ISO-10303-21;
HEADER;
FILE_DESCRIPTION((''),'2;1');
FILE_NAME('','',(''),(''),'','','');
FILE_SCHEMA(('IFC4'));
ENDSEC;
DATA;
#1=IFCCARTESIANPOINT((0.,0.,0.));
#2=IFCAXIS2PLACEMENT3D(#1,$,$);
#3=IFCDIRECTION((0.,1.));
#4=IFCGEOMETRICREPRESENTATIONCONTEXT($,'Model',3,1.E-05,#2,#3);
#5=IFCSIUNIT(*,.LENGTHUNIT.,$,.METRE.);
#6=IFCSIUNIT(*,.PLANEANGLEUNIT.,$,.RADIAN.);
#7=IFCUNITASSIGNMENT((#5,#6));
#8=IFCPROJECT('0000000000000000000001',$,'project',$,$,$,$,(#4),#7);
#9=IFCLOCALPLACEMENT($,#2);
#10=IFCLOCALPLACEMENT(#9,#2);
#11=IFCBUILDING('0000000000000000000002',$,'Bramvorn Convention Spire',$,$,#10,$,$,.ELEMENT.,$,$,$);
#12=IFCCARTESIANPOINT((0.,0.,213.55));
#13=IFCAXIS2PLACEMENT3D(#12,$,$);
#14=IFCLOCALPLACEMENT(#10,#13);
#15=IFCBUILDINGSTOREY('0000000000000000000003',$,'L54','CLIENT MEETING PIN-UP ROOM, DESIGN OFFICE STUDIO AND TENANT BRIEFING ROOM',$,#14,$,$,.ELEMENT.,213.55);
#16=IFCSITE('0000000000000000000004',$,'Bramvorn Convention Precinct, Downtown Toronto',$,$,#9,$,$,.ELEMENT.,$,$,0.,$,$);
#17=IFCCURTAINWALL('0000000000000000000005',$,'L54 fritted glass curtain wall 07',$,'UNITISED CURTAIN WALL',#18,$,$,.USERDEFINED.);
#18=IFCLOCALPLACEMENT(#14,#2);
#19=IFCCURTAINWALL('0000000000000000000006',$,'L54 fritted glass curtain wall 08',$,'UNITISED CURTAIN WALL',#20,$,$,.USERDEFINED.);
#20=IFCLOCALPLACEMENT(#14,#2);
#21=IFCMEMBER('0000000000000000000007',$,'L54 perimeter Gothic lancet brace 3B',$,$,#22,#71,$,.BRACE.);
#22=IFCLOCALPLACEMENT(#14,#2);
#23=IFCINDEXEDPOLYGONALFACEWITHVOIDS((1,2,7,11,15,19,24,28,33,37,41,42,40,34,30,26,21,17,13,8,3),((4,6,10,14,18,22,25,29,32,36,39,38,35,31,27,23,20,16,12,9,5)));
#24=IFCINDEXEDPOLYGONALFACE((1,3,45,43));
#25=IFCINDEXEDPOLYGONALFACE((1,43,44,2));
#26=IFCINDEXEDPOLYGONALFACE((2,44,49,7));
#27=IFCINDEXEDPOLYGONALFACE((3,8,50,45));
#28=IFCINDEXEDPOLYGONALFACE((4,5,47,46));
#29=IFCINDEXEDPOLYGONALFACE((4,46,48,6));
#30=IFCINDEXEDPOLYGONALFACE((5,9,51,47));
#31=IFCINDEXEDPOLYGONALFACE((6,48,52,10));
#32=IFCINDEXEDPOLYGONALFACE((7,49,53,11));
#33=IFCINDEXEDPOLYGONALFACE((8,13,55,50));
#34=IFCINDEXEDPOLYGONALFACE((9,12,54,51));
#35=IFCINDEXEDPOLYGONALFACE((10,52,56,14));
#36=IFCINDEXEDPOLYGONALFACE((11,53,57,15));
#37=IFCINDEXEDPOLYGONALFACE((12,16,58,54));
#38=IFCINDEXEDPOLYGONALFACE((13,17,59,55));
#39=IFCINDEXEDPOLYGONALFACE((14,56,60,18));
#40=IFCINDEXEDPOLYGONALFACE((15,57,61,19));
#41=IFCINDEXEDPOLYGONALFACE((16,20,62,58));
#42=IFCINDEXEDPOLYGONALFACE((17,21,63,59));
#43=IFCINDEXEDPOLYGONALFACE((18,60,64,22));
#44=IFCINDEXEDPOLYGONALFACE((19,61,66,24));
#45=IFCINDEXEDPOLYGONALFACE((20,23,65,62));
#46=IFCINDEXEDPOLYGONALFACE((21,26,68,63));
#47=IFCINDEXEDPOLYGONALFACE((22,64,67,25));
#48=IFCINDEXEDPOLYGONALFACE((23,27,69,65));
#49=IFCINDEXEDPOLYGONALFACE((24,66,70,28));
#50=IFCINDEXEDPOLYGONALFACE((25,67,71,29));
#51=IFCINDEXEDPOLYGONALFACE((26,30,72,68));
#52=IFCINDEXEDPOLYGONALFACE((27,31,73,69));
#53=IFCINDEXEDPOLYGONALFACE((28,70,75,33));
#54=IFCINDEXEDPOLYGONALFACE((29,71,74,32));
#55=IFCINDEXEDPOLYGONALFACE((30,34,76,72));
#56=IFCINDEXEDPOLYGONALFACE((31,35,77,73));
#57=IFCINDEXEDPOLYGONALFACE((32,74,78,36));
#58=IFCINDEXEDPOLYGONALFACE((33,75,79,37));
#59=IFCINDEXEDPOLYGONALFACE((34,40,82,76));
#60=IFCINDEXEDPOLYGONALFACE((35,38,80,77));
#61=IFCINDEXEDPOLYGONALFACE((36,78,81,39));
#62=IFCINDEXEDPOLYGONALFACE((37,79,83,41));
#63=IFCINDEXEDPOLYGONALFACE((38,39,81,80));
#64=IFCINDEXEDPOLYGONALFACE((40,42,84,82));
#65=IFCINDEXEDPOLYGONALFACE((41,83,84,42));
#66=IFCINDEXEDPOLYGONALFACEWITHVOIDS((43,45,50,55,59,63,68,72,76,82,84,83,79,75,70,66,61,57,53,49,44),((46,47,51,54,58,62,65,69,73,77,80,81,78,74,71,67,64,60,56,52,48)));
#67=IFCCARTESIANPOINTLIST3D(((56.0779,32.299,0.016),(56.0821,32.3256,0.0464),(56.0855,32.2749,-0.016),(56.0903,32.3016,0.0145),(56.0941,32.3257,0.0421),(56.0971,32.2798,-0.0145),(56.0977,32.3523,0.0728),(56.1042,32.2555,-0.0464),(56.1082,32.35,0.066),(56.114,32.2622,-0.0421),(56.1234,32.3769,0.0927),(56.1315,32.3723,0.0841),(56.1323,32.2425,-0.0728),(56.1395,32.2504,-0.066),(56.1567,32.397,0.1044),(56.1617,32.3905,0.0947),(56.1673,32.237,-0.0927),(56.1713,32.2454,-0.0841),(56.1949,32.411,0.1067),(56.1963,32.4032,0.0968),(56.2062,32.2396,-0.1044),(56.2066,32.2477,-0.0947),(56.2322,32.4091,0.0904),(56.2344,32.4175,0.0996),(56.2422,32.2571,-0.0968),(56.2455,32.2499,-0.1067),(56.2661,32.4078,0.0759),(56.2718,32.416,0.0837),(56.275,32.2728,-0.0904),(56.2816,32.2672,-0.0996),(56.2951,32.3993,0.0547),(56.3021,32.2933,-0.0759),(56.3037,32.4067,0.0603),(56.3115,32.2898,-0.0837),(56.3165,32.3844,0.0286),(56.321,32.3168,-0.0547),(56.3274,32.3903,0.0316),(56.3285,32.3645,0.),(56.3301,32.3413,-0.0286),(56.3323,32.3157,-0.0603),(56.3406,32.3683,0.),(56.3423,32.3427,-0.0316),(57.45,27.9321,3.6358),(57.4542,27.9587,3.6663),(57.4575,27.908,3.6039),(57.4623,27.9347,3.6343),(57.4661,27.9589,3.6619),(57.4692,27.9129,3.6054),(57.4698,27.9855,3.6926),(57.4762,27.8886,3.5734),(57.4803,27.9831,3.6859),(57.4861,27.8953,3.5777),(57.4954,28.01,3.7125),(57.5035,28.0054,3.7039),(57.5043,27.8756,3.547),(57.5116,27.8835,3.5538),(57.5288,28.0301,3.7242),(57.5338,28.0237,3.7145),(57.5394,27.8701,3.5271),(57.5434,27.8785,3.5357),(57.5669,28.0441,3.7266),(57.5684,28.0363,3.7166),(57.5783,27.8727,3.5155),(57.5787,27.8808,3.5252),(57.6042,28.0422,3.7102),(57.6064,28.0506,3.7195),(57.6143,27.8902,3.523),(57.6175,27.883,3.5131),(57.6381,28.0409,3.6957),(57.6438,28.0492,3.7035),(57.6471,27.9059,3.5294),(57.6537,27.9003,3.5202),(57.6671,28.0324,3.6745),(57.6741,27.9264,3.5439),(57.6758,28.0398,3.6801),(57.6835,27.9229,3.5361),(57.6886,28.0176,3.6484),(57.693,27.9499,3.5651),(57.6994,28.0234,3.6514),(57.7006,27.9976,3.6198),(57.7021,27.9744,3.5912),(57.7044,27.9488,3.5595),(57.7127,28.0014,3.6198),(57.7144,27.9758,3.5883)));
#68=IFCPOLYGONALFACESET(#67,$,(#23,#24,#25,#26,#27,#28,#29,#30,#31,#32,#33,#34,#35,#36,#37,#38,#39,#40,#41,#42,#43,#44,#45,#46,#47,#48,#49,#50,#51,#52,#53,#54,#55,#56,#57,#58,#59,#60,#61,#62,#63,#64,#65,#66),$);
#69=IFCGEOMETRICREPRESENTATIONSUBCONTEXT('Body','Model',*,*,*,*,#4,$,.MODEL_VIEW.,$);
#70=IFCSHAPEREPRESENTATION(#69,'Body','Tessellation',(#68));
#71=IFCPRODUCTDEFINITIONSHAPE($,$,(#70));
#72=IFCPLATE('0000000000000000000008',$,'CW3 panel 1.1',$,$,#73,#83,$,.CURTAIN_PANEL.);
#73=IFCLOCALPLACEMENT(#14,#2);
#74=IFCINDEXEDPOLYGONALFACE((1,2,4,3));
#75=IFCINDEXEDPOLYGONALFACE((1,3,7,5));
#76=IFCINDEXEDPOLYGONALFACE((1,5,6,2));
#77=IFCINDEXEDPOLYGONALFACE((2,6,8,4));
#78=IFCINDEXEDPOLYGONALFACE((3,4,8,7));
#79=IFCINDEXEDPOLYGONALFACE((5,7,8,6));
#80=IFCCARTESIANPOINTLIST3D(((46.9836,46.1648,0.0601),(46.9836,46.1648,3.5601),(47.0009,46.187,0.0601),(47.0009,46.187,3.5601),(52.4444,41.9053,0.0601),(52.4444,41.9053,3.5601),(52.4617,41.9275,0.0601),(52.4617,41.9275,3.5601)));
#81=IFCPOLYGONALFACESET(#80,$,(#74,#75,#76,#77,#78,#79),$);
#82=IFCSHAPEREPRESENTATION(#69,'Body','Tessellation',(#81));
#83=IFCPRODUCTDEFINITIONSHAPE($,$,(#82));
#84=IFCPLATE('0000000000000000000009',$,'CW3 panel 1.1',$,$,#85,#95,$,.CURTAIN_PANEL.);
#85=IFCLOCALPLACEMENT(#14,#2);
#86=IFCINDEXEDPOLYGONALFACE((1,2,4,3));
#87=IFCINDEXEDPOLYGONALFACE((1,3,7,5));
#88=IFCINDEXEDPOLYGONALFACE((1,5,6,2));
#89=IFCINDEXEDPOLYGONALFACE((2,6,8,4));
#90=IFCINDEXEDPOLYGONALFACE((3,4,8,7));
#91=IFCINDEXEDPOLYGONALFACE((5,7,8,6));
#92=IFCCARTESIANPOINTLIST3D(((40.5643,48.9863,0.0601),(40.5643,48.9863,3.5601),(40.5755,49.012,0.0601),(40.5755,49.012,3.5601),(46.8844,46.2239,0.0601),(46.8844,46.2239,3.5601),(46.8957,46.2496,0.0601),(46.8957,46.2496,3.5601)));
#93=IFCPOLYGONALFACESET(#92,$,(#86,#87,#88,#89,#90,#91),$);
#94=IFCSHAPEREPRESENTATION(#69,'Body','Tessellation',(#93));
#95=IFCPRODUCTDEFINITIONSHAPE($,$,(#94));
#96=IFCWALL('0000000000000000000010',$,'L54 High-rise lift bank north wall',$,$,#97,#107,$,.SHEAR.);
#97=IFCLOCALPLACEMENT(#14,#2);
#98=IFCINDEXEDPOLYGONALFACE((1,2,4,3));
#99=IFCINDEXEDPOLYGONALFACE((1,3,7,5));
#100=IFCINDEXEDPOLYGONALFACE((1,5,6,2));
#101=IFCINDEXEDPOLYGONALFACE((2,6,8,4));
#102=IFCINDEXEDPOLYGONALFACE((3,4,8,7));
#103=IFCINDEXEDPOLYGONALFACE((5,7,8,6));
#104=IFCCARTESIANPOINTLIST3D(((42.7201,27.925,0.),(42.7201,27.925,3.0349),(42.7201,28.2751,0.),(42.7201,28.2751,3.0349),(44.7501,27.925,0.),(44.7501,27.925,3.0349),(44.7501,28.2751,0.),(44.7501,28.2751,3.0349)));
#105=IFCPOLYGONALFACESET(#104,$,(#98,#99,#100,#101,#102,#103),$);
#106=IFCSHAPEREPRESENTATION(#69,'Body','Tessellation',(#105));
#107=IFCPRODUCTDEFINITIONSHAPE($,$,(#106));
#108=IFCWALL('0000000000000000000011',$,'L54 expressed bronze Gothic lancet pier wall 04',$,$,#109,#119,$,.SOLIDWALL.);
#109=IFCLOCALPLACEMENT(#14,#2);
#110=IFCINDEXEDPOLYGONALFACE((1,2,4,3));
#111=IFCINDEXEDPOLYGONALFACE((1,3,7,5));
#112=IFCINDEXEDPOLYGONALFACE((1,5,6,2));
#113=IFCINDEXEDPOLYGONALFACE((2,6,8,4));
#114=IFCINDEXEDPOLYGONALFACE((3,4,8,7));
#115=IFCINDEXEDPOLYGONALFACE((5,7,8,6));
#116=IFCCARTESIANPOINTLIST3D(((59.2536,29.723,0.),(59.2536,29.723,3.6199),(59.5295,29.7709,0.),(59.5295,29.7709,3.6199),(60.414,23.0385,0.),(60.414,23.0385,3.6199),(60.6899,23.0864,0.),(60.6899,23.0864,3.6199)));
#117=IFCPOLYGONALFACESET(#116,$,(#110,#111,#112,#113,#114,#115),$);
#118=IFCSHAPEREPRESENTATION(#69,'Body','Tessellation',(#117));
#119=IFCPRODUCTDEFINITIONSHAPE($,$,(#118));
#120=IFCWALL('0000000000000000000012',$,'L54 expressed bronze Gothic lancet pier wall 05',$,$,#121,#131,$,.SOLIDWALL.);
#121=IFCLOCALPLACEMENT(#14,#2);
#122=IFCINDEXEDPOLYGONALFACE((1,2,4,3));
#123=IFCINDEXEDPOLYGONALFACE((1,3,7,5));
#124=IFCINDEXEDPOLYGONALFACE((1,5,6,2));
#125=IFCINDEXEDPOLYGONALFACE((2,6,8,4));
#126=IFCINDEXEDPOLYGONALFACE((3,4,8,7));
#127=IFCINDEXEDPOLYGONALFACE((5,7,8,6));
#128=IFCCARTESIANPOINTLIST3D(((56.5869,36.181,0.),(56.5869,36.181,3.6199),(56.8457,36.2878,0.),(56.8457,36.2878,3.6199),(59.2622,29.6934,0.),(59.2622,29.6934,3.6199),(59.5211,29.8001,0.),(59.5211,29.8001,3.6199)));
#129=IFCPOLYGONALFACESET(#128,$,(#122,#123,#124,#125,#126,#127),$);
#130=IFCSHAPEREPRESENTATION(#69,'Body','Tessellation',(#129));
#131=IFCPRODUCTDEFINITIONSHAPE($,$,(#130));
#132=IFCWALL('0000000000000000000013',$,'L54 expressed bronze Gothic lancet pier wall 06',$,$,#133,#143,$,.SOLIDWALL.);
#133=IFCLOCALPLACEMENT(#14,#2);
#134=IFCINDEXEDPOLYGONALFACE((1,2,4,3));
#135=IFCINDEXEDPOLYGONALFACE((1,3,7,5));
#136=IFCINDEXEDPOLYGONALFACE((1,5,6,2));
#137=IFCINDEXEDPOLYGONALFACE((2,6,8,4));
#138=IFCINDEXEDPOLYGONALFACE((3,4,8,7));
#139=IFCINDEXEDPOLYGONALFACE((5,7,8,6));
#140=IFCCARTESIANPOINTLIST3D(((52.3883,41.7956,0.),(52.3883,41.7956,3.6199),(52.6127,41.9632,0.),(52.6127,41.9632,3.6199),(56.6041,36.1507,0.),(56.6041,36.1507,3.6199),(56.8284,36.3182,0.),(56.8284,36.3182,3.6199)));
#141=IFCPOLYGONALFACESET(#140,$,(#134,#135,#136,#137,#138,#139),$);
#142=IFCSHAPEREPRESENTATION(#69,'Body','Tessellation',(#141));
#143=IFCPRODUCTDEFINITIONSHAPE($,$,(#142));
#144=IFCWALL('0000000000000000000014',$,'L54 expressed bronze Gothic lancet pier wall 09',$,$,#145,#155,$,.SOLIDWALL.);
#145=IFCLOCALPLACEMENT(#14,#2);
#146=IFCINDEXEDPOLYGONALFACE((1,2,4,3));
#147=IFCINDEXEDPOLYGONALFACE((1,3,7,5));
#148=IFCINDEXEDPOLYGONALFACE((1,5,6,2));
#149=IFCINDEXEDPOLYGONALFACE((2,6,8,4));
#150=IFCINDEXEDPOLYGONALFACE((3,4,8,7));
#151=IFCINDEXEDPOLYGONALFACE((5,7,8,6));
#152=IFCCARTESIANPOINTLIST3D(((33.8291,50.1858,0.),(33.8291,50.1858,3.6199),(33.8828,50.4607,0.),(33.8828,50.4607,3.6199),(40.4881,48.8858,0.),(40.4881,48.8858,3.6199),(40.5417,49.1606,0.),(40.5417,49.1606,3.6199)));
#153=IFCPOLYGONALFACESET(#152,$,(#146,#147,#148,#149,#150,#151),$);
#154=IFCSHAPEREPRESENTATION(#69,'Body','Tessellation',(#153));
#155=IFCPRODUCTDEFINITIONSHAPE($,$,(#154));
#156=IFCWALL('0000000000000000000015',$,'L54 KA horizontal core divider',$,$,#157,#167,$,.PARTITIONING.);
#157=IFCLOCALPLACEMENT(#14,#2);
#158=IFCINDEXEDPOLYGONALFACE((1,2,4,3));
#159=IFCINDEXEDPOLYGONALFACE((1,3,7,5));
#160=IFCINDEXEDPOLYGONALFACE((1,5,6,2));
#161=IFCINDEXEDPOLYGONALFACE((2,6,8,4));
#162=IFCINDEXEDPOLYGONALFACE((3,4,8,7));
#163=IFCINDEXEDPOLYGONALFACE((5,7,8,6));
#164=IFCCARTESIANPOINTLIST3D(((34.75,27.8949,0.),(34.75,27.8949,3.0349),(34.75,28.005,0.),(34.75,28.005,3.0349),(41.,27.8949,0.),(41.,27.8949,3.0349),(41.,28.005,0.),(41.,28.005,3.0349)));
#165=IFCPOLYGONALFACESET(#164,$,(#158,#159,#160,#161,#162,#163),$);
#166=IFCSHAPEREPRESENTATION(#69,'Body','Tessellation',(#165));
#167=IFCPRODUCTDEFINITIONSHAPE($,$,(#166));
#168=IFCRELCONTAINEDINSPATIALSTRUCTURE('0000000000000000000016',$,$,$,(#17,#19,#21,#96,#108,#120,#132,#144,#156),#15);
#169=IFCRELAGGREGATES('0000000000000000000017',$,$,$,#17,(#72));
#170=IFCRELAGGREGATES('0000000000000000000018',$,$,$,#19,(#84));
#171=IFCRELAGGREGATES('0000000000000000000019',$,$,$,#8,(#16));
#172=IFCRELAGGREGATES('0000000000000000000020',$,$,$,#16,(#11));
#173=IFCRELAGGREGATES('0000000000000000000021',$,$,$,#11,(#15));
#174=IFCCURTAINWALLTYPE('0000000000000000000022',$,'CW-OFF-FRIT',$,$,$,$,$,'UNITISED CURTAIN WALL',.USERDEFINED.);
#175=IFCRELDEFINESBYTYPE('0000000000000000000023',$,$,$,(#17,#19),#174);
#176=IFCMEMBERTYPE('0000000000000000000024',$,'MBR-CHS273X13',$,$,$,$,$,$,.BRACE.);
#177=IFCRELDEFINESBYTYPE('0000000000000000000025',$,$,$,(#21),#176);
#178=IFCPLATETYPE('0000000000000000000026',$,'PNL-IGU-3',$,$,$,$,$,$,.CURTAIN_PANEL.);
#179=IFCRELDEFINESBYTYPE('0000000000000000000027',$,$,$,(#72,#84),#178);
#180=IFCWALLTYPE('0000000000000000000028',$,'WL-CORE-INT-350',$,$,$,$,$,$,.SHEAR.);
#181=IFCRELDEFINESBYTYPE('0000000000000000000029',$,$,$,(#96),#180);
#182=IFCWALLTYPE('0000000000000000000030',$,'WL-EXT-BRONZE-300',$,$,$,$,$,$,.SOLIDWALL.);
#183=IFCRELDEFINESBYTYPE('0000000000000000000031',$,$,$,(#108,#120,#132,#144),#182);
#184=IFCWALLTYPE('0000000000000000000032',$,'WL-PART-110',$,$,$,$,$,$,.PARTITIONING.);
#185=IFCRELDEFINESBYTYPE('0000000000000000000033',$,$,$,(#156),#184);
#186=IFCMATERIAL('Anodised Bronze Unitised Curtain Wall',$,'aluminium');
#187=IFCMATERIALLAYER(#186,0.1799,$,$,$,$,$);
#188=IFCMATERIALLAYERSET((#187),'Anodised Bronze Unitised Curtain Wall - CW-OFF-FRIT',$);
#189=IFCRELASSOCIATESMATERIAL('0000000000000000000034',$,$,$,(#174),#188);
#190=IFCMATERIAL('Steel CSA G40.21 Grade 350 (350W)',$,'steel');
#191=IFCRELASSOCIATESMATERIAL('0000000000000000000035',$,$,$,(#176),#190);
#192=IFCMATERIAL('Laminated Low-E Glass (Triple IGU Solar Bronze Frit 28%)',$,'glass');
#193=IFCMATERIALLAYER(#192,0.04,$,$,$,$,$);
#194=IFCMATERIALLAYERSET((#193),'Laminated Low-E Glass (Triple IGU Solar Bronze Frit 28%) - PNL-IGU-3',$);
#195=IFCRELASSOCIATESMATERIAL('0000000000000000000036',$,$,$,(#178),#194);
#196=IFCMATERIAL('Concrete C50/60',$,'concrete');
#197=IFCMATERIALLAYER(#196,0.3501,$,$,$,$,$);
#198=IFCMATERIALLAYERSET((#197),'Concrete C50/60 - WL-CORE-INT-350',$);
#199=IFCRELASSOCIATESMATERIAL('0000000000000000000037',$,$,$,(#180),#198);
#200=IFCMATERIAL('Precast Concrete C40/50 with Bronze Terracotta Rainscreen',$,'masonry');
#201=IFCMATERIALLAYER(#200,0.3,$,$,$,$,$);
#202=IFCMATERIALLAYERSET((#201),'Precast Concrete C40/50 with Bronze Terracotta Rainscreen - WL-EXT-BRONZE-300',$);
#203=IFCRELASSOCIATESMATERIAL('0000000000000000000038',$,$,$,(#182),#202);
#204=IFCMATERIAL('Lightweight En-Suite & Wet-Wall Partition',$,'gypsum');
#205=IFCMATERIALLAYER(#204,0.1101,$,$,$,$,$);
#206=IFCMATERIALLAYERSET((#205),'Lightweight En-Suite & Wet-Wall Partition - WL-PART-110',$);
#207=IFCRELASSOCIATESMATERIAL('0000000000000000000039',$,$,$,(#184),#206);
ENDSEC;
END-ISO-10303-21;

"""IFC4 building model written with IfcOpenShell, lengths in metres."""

from ifc_helpers import new_model, si_unit, direction, frame, frame_2d, origin, origin_2d, place, context, subcontext, project, spatial, rectangle, hollow_circle, extrude, material, layer, layer_set, material_profile, profile_set, type_object, element, aggregate, save


model = new_model("IFC4")

# Units and contexts
model_context = context("Model", 3, precision=1e-05, world=origin(), true_north=direction((0.0, 1.0)))
body_context = subcontext(model_context, "Body", "Model", "MODEL_VIEW")
ifc_project = project(units=[si_unit("LENGTHUNIT", "METRE"), si_unit("PLANEANGLEUNIT", "RADIAN")], contexts=[model_context])

# Site, building, storey
site_placement = place(None, origin())
site = spatial("IfcSite", under=ifc_project, at=site_placement, Name="Bramvorn Convention Precinct, Downtown Toronto", CompositionType="ELEMENT", RefElevation=0.0)
building_placement = place(site_placement, origin())
building = spatial("IfcBuilding", under=site, at=building_placement, Name="Bramvorn Convention Spire", CompositionType="ELEMENT")
storey_placement = place(building_placement, frame((0.0, 0.0, 213.55)))
storey = spatial("IfcBuildingStorey", under=building, at=storey_placement, Name="L54", Description="CLIENT MEETING PIN-UP ROOM, DESIGN OFFICE STUDIO AND TENANT BRIEFING ROOM", CompositionType="ELEMENT", Elevation=213.55)

# Shared definitions
ifc_material_1 = material(Name="Steel CSA G40.21 Grade 350 (350W)", Category="steel")

# Curtain walls
ifc_material_2 = material(Name="Anodised Bronze Unitised Curtain Wall", Category="aluminium")
ifc_layer_1 = layer(ifc_material_2, 0.1799)
ifc_layer_set_1 = layer_set([ifc_layer_1], Name="Anodised Bronze Unitised Curtain Wall - CW-OFF-FRIT")
curtain_wall_type = type_object("IfcCurtainWallType", Name="CW-OFF-FRIT", ElementType="UNITISED CURTAIN WALL", PredefinedType="USERDEFINED", material=ifc_layer_set_1)
curtain_wall_1_placement = place(storey_placement, origin())
curtain_wall_1 = element("IfcCurtainWall", 1, at=curtain_wall_1_placement, inside=storey, type_object=curtain_wall_type, Name="L54 fritted glass curtain wall 07", ObjectType="UNITISED CURTAIN WALL", PredefinedType="USERDEFINED")
curtain_wall_2_placement = place(storey_placement, origin())
curtain_wall_2 = element("IfcCurtainWall", 2, at=curtain_wall_2_placement, inside=storey, type_object=curtain_wall_type, Name="L54 fritted glass curtain wall 08", ObjectType="UNITISED CURTAIN WALL", PredefinedType="USERDEFINED")

# Member
ifc_material_profile_1 = material_profile(ifc_material_1, hollow_circle(Radius=0.1365, WallThickness=0.0127, at=origin_2d()))
ifc_profile_set_1 = profile_set([ifc_material_profile_1], Name="Steel CSA G40.21 Grade 350 (350W) - CHS273X13")
member_type_1 = type_object("IfcMemberType", Name="MBR-CHS273X13", PredefinedType="BRACE", material=ifc_profile_set_1)
member_1_placement = place(storey_placement, frame((56.2104, 32.3274, 0.0), z_axis=(0.235114, -0.748306, 0.62029), x_axis=(0.954019, 0.299748, 0.0)))
element("IfcMember", 3, at=member_1_placement, inside=storey, type_object=member_type_1, Name="L54 perimeter Gothic lancet brace 3B", PredefinedType="BRACE", context=body_context, shape_type="SweptSolid", body=[
    extrude(hollow_circle(Radius=0.1365, WallThickness=0.0127, at=origin_2d()), origin(), (0.0, 0.0, 1.0), 5.8357),
])

# Plates
ifc_material_3 = material(Name="Laminated Low-E Glass (Triple IGU Solar Bronze Frit 28%)", Category="glass")
ifc_layer_2 = layer(ifc_material_3, 0.04)
ifc_layer_set_2 = layer_set([ifc_layer_2], Name="Laminated Low-E Glass (Triple IGU Solar Bronze Frit 28%) - PNL-IGU-3")
plate_type = type_object("IfcPlateType", Name="PNL-IGU-3", PredefinedType="CURTAIN_PANEL", material=ifc_layer_set_2)
plate_1_placement = place(storey_placement, frame((49.7227, 44.0461, 0.0601), z_axis=(0.0, 0.0, 1.0), x_axis=(0.788496, -0.61504, 0.0)))
plate_1 = element("IfcPlate", 4, at=plate_1_placement, type_object=plate_type, Name="CW3 panel 1.1", PredefinedType="CURTAIN_PANEL", context=body_context, shape_type="SweptSolid", body=[
    extrude(rectangle(XDim=6.9255, YDim=0.0281, at=origin_2d()), origin(), (0.0, 0.0, 1.0), 3.5),
])
aggregate(curtain_wall_1, [plate_1])
plate_2_placement = place(storey_placement, frame((43.73, 47.6179, 0.0601), z_axis=(0.0, 0.0, 1.0), x_axis=(0.916299, -0.400494, 0.0)))
plate_2 = element("IfcPlate", 5, at=plate_2_placement, type_object=plate_type, Name="CW3 panel 1.1", PredefinedType="CURTAIN_PANEL", context=body_context, shape_type="SweptSolid", body=[
    extrude(rectangle(XDim=6.8975, YDim=0.0281, at=origin_2d()), origin(), (0.0, 0.0, 1.0), 3.5),
])
aggregate(curtain_wall_2, [plate_2])

# Shared definitions
ifc_material_4 = material(Name="Concrete C50/60", Category="concrete")
ifc_layer_3 = layer(ifc_material_4, 0.3501)
ifc_layer_set_3 = layer_set([ifc_layer_3], Name="Concrete C50/60 - WL-CORE-INT-350")
wall_type_1 = type_object("IfcWallType", Name="WL-CORE-INT-350", PredefinedType="SHEAR", material=ifc_layer_set_3)

# Walls
wall_1_placement = place(storey_placement, frame((42.72, 28.1001, 0.0), z_axis=(0.0, 0.0, 1.0), x_axis=(1.0, 0.0, 0.0)))
element("IfcWall", 6, at=wall_1_placement, inside=storey, type_object=wall_type_1, Name="L54 High-rise lift bank north wall", PredefinedType="SHEAR", context=body_context, shape_type="SweptSolid", body=[
    extrude(rectangle(XDim=2.03, YDim=0.3501, at=frame_2d((1.0151, 0.0))), origin(), (0.0, 0.0, 1.0), 3.0349),
])
ifc_material_5 = material(Name="Precast Concrete C40/50 with Bronze Terracotta Rainscreen", Category="masonry")
ifc_layer_4 = layer(ifc_material_5, 0.3)
ifc_layer_set_4 = layer_set([ifc_layer_4], Name="Precast Concrete C40/50 with Bronze Terracotta Rainscreen - WL-EXT-BRONZE-300")
wall_type_2 = type_object("IfcWallType", Name="WL-EXT-BRONZE-300", PredefinedType="SOLIDWALL", material=ifc_layer_set_4)
wall_2_placement = place(storey_placement, frame((59.3916, 29.7468, 0.0), z_axis=(0.0, 0.0, 1.0), x_axis=(0.171036, -0.985265, 0.0)))
element("IfcWall", 7, at=wall_2_placement, inside=storey, type_object=wall_type_2, Name="L54 expressed bronze Gothic lancet pier wall 04", PredefinedType="SOLIDWALL", context=body_context, shape_type="SweptSolid", body=[
    extrude(rectangle(XDim=6.7844, YDim=0.28, at=frame_2d((3.3921, 0.0))), origin(), (0.0, 0.0, 1.0), 3.6199),
])
wall_3_placement = place(storey_placement, frame((56.7163, 36.2344, 0.0), z_axis=(0.0, 0.0, 1.0), x_axis=(0.381231, -0.92448, 0.0)))
element("IfcWall", 8, at=wall_3_placement, inside=storey, type_object=wall_type_2, Name="L54 expressed bronze Gothic lancet pier wall 05", PredefinedType="SOLIDWALL", context=body_context, shape_type="SweptSolid", body=[
    extrude(rectangle(XDim=7.0176, YDim=0.28, at=frame_2d((3.5088, 0.0))), origin(), (0.0, 0.0, 1.0), 3.6199),
])
wall_4_placement = place(storey_placement, frame((52.5005, 41.8794, 0.0), z_axis=(0.0, 0.0, 1.0), x_axis=(0.598369, -0.801221, 0.0)))
element("IfcWall", 9, at=wall_4_placement, inside=storey, type_object=wall_type_2, Name="L54 expressed bronze Gothic lancet pier wall 06", PredefinedType="SOLIDWALL", context=body_context, shape_type="SweptSolid", body=[
    extrude(rectangle(XDim=7.0454, YDim=0.28, at=frame_2d((3.5227, 0.0))), origin(), (0.0, 0.0, 1.0), 3.6199),
])
wall_5_placement = place(storey_placement, frame((33.856, 50.3232, 0.0), z_axis=(0.0, 0.0, 1.0), x_axis=(0.98147, -0.191616, 0.0)))
element("IfcWall", 10, at=wall_5_placement, inside=storey, type_object=wall_type_2, Name="L54 expressed bronze Gothic lancet pier wall 09", PredefinedType="SOLIDWALL", context=body_context, shape_type="SweptSolid", body=[
    extrude(rectangle(XDim=6.7847, YDim=0.28, at=frame_2d((3.3923, 0.0))), origin(), (0.0, 0.0, 1.0), 3.6199),
])
ifc_material_6 = material(Name="Lightweight En-Suite & Wet-Wall Partition", Category="gypsum")
ifc_layer_5 = layer(ifc_material_6, 0.1101)
ifc_layer_set_5 = layer_set([ifc_layer_5], Name="Lightweight En-Suite & Wet-Wall Partition - WL-PART-110")
wall_type_3 = type_object("IfcWallType", Name="WL-PART-110", PredefinedType="PARTITIONING", material=ifc_layer_set_5)
wall_6_placement = place(storey_placement, frame((34.75, 27.95, 0.0), z_axis=(0.0, 0.0, 1.0), x_axis=(1.0, 0.0, 0.0)))
element("IfcWall", 11, at=wall_6_placement, inside=storey, type_object=wall_type_3, Name="L54 KA horizontal core divider", PredefinedType="PARTITIONING", context=body_context, shape_type="SweptSolid", body=[
    extrude(rectangle(XDim=6.25, YDim=0.1101, at=frame_2d((3.125, 0.0))), origin(), (0.0, 0.0, 1.0), 3.0349),
])

save(model, "model.ifc")
